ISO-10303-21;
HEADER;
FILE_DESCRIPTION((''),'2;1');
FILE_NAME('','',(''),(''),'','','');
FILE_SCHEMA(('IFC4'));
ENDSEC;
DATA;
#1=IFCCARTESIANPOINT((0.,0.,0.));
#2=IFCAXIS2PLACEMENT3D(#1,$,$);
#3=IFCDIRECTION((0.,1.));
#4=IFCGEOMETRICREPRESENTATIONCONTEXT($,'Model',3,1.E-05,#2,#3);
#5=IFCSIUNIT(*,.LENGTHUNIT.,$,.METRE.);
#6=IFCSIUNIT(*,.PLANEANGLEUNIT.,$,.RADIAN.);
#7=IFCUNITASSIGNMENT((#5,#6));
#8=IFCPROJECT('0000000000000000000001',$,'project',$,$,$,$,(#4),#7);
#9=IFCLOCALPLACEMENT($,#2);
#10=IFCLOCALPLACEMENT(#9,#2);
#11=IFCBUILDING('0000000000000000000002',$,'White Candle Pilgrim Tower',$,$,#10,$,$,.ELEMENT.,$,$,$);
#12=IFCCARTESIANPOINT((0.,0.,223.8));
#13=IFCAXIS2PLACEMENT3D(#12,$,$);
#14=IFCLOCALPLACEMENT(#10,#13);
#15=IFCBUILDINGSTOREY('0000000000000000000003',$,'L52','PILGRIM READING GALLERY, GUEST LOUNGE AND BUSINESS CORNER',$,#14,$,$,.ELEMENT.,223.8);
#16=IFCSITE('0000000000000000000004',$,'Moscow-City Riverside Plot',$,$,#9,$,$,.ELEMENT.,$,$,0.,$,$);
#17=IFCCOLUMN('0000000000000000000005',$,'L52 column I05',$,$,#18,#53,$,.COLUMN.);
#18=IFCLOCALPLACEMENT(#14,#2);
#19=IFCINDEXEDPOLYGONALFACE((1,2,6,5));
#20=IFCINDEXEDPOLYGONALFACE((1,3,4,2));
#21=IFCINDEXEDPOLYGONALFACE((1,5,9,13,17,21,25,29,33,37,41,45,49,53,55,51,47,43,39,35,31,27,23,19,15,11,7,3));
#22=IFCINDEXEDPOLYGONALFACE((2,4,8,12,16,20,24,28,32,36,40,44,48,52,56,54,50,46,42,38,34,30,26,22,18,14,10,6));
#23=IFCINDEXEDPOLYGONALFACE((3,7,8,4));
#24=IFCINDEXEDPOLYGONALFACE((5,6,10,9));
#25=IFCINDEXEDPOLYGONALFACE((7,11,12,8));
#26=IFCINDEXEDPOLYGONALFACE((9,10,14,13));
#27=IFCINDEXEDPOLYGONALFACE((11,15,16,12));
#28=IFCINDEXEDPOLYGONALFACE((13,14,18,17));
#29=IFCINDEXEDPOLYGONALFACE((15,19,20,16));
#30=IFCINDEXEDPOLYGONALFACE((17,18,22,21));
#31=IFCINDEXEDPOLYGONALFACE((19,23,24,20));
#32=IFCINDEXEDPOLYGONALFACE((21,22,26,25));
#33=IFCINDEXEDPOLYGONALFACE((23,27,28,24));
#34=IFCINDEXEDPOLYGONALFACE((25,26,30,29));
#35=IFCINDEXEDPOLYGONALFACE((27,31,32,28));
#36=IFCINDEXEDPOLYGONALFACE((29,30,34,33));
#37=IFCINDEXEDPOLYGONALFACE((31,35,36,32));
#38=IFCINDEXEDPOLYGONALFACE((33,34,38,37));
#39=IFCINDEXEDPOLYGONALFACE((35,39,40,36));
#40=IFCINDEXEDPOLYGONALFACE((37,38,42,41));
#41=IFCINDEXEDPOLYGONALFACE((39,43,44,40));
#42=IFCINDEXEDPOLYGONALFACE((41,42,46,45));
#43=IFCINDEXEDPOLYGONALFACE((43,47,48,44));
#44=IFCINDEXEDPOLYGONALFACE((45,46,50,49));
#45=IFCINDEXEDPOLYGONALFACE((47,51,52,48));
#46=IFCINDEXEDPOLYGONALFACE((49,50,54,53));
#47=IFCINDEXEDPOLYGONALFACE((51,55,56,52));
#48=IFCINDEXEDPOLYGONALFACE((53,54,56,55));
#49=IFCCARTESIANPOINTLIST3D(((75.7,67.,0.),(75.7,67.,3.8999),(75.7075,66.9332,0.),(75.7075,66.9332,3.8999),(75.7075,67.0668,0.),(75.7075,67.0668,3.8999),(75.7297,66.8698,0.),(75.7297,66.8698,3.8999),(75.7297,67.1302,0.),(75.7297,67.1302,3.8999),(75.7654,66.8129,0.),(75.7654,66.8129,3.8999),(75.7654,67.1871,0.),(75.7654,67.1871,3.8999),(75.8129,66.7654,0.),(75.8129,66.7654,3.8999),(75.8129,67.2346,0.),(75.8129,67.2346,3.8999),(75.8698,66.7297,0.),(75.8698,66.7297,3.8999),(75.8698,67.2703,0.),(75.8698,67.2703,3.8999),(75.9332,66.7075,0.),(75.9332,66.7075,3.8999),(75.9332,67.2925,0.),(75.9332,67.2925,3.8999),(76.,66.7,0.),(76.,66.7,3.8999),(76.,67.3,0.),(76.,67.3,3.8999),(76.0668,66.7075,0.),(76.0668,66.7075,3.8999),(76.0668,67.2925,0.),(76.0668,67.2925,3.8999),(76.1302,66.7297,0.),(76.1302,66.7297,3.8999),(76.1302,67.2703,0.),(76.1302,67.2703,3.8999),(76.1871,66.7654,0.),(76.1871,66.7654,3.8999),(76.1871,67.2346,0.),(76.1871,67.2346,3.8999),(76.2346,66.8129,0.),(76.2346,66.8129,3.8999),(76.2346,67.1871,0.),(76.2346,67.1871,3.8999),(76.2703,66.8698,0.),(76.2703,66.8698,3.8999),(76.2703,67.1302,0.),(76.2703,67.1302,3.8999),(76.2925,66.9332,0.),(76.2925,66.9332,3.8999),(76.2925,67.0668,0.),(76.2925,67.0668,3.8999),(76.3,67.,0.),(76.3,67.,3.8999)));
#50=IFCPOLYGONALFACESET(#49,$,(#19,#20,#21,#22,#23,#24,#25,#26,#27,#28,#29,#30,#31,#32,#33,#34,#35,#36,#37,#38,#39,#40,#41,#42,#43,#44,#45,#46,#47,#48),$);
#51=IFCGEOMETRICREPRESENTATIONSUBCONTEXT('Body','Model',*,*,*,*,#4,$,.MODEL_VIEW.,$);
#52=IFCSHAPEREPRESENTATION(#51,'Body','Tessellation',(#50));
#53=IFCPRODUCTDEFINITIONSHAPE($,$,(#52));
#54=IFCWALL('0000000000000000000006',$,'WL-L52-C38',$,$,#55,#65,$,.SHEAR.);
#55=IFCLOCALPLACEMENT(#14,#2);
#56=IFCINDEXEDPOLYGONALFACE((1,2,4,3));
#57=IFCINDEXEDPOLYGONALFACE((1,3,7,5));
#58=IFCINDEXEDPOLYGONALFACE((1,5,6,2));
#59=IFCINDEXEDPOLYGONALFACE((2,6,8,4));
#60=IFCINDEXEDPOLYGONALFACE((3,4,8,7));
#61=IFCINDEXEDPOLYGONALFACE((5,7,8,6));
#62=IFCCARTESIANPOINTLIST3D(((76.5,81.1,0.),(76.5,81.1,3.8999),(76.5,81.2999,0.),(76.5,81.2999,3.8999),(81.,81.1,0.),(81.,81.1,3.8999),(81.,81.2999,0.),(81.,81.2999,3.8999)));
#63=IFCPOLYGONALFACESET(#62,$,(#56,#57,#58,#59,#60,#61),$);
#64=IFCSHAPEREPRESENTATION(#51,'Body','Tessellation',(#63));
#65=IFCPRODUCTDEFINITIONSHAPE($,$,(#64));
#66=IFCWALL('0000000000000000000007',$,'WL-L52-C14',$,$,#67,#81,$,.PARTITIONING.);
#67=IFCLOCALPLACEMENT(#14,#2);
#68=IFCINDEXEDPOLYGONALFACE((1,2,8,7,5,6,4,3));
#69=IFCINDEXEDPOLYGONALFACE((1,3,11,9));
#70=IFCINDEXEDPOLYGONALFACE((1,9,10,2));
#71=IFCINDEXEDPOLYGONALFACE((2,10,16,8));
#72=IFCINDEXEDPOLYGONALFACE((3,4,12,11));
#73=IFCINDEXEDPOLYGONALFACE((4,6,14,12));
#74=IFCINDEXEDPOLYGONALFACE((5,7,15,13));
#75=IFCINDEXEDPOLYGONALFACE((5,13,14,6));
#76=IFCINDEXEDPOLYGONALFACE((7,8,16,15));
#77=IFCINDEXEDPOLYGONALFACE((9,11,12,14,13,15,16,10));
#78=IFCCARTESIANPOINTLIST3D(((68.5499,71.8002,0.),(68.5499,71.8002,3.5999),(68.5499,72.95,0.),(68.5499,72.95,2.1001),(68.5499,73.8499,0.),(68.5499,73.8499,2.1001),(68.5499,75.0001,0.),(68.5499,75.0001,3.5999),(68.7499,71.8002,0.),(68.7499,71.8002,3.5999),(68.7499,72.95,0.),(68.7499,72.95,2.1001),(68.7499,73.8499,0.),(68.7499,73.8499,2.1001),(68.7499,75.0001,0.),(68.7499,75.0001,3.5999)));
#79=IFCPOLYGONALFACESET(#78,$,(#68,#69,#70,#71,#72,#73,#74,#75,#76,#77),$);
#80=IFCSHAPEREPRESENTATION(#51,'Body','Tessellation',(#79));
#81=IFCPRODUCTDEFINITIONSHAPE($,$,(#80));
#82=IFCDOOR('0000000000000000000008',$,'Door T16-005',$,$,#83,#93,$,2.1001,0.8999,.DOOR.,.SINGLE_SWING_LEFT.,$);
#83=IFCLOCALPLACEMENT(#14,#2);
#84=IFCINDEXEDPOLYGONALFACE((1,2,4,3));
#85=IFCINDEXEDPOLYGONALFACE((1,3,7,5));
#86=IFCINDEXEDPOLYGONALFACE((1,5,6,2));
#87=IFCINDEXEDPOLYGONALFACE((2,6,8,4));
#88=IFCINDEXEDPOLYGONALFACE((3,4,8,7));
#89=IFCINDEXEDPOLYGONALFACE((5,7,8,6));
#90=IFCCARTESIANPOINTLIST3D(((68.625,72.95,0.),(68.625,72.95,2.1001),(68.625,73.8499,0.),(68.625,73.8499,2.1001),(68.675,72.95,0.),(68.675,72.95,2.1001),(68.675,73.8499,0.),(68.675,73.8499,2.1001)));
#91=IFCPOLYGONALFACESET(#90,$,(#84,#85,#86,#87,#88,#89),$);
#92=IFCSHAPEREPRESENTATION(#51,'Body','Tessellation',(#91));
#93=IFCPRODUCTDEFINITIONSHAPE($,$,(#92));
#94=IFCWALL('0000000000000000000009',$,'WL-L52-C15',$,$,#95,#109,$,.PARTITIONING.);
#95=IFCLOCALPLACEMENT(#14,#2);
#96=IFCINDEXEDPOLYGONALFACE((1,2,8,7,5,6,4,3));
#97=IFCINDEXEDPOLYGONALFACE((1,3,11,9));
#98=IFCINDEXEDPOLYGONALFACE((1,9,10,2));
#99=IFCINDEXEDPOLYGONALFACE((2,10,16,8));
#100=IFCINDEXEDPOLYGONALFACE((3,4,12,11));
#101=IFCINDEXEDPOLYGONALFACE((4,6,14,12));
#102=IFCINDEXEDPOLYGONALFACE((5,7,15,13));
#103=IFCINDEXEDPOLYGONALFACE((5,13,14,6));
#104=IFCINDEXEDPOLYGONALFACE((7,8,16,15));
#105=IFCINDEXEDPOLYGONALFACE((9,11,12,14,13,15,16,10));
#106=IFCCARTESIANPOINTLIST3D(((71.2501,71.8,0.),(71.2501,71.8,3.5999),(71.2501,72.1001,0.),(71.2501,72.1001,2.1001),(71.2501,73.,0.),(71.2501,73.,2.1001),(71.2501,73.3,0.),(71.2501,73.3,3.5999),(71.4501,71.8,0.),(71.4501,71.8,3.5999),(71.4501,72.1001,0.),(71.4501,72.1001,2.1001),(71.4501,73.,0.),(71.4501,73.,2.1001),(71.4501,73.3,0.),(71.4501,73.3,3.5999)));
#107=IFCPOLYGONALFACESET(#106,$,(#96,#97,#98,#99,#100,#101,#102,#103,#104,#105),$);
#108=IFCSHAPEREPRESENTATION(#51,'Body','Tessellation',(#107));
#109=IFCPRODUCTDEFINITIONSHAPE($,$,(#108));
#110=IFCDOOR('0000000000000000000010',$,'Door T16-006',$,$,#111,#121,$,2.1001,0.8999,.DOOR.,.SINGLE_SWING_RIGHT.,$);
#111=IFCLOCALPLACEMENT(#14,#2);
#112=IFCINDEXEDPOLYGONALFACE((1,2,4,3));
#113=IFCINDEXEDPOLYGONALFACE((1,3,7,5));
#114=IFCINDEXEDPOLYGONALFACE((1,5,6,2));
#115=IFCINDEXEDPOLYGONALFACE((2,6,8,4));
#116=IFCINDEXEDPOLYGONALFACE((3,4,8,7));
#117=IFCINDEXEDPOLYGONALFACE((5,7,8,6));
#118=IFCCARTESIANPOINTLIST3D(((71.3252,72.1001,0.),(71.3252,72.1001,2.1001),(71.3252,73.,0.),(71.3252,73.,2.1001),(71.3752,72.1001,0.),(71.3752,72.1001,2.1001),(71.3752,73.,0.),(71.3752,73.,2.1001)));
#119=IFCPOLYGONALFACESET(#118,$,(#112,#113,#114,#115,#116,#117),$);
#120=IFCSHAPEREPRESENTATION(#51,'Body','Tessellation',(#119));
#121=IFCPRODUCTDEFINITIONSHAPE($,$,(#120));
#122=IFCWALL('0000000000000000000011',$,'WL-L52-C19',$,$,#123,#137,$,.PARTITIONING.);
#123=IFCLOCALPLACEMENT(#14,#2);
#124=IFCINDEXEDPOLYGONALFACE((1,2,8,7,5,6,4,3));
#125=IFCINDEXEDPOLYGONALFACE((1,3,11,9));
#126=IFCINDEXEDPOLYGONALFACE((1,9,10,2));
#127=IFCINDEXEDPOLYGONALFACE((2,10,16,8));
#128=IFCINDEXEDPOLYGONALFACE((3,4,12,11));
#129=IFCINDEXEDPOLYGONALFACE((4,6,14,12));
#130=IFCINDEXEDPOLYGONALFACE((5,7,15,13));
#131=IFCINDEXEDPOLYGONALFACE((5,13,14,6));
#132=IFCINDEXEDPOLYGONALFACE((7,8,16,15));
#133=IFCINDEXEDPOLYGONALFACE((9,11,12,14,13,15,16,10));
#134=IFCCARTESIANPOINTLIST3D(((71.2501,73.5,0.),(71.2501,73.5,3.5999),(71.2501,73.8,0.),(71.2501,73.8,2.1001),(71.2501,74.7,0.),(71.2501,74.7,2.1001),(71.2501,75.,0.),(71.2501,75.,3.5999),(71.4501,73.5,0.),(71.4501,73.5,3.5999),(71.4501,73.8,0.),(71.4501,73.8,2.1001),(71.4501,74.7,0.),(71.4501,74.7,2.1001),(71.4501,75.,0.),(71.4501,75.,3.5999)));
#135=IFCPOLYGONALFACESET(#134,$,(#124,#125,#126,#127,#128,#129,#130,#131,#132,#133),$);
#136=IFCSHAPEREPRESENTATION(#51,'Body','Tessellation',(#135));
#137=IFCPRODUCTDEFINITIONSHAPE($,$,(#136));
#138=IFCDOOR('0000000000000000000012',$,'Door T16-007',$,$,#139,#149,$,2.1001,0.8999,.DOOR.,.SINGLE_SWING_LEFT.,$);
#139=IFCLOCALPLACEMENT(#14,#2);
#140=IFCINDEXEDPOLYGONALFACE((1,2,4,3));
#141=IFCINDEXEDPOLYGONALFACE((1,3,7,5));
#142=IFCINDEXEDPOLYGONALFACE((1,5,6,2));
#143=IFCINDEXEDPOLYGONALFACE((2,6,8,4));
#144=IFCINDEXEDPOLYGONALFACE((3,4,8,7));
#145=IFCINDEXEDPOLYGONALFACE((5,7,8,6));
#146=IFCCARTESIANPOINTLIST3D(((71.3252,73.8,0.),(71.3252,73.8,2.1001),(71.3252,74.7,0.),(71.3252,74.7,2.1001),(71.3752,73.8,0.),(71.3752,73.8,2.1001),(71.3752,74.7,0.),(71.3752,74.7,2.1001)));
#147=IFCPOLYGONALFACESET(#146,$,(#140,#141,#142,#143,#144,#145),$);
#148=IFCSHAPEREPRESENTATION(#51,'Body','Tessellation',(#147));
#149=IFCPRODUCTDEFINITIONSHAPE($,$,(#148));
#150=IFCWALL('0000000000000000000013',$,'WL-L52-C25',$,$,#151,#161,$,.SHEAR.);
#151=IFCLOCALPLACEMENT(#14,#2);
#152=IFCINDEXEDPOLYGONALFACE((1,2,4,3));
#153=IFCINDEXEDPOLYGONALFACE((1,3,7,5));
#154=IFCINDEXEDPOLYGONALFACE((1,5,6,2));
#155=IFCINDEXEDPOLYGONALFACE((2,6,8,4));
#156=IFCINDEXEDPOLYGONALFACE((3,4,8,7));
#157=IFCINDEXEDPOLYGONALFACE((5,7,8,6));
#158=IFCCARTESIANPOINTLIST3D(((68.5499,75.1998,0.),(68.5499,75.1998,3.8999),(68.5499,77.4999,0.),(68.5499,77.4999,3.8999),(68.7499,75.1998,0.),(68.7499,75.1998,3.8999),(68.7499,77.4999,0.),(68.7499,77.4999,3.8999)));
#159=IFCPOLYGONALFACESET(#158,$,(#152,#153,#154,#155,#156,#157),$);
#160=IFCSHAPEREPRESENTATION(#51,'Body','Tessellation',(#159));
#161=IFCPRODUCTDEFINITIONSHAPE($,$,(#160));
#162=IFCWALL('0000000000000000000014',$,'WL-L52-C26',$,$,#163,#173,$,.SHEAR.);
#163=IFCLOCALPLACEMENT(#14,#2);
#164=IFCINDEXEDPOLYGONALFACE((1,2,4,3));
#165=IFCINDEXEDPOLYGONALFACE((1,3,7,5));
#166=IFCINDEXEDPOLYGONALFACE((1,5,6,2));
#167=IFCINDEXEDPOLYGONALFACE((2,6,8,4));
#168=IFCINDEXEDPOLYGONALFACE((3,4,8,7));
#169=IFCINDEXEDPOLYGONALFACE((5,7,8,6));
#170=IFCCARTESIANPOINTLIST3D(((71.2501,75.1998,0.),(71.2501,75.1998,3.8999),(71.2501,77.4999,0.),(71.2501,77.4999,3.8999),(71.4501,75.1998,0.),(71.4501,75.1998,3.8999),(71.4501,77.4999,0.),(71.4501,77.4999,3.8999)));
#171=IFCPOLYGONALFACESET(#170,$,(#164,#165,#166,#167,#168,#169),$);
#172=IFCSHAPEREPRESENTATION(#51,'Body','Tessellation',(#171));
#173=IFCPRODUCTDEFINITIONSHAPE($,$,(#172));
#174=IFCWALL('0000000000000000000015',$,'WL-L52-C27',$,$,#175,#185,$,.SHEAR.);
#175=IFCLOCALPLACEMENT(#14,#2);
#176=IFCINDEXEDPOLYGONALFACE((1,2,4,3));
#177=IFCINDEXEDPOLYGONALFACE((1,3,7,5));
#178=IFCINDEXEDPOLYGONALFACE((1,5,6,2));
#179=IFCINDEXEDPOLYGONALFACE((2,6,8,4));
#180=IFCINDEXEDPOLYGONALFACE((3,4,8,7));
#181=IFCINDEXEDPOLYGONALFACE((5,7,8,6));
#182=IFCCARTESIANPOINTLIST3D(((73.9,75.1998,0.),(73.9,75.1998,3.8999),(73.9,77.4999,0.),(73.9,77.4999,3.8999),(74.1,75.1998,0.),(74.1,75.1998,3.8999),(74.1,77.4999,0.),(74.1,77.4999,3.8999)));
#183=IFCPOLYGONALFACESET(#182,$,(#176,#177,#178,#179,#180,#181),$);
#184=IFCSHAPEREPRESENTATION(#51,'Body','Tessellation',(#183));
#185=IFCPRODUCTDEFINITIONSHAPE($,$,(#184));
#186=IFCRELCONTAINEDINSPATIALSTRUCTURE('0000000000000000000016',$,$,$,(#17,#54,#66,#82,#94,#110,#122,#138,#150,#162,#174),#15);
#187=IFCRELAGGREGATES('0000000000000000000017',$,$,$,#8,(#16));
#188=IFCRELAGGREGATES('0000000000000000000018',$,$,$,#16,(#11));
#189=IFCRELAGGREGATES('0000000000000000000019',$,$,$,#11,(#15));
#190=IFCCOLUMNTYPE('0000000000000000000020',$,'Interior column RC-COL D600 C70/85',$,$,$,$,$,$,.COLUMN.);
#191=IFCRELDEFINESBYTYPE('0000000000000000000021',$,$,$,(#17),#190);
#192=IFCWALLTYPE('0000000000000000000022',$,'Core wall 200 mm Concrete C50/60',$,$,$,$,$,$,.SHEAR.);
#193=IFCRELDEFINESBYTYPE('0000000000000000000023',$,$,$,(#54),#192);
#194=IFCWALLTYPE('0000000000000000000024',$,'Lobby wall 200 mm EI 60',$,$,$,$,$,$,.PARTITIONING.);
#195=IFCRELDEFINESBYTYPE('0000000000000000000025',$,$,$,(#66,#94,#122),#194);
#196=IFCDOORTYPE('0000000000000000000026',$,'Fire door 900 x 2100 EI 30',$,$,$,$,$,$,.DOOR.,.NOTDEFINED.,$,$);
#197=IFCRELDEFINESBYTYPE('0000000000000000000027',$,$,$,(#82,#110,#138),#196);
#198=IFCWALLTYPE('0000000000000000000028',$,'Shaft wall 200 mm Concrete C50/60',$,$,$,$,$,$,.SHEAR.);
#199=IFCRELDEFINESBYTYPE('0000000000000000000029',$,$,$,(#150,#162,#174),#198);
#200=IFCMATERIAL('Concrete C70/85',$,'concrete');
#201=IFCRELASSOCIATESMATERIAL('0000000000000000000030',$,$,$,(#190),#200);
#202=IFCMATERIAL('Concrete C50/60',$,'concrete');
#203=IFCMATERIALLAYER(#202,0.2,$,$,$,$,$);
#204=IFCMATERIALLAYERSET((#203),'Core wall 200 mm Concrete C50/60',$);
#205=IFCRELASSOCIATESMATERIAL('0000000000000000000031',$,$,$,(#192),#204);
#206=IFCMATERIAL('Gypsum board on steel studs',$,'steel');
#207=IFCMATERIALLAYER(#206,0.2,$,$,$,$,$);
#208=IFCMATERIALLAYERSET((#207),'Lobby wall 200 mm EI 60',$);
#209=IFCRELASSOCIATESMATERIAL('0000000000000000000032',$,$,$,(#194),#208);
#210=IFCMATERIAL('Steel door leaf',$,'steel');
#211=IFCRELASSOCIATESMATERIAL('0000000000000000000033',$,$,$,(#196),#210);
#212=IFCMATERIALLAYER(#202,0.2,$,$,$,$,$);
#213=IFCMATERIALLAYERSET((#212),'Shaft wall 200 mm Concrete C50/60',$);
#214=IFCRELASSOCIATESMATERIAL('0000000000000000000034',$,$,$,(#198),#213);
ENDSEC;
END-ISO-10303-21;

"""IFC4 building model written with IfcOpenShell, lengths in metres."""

from ifc_helpers import new_model, si_unit, direction, frame, frame_2d, origin, origin_2d, place, context, subcontext, project, spatial, rectangle, circle, extrude, material, layer, layer_set, material_profile, profile_set, type_object, element, fill, save


model = new_model("IFC4")

# Units and contexts
model_context = context("Model", 3, precision=1e-05, world=origin(), true_north=direction((0.0, 1.0)))
body_context = subcontext(model_context, "Body", "Model", "MODEL_VIEW")
ifc_project = project(units=[si_unit("LENGTHUNIT", "METRE"), si_unit("PLANEANGLEUNIT", "RADIAN")], contexts=[model_context])

# Site, building, storey
site_placement = place(None, origin())
site = spatial("IfcSite", under=ifc_project, at=site_placement, Name="Moscow-City Riverside Plot", CompositionType="ELEMENT", RefElevation=0.0)
building_placement = place(site_placement, origin())
building = spatial("IfcBuilding", under=site, at=building_placement, Name="White Candle Pilgrim Tower", CompositionType="ELEMENT")
storey_placement = place(building_placement, frame((0.0, 0.0, 223.8)))
storey = spatial("IfcBuildingStorey", under=building, at=storey_placement, Name="L52", Description="PILGRIM READING GALLERY, GUEST LOUNGE AND BUSINESS CORNER", CompositionType="ELEMENT", Elevation=223.8)

# Column
ifc_material_1 = material(Name="Concrete C70/85", Category="concrete")
ifc_material_profile = material_profile(ifc_material_1, circle(Radius=0.3, at=origin_2d()), Name="RC-COL D600")
ifc_profile_set = profile_set([ifc_material_profile], Name="Concrete C70/85")
column_type = type_object("IfcColumnType", Name="Interior column RC-COL D600 C70/85", PredefinedType="COLUMN", material=ifc_profile_set)
column_placement = place(storey_placement, frame((76.0, 67.0, 0.0), z_axis=(0.0, 0.0, 1.0), x_axis=(1.0, 0.0, 0.0)))
element("IfcColumn", 1, at=column_placement, inside=storey, type_object=column_type, Name="L52 column I05", PredefinedType="COLUMN", context=body_context, shape_type="SweptSolid", body=[
    extrude(circle(Radius=0.3, at=origin_2d()), origin(), (0.0, 0.0, 1.0), 3.8999),
])

# Wall
ifc_material_2 = material(Name="Concrete C50/60", Category="concrete")
ifc_layer_1 = layer(ifc_material_2, 0.2)
ifc_layer_set_1 = layer_set([ifc_layer_1], Name="Core wall 200 mm Concrete C50/60")
wall_type_1 = type_object("IfcWallType", Name="Core wall 200 mm Concrete C50/60", PredefinedType="SHEAR", material=ifc_layer_set_1)
wall_1_placement = place(storey_placement, frame((76.5, 81.2, 0.0), z_axis=(0.0, 0.0, 1.0), x_axis=(1.0, 0.0, 0.0)))
element("IfcWall", 2, at=wall_1_placement, inside=storey, type_object=wall_type_1, Name="WL-L52-C38", PredefinedType="SHEAR", context=body_context, shape_type="SweptSolid", body=[
    extrude(rectangle(XDim=4.5, YDim=0.2, at=frame_2d((2.25, 0.0))), origin(), (0.0, 0.0, 1.0), 3.8999),
])

# Walls, openings, doors
ifc_material_3 = material(Name="Gypsum board on steel studs", Category="steel")
ifc_layer_2 = layer(ifc_material_3, 0.2)
ifc_layer_set_2 = layer_set([ifc_layer_2], Name="Lobby wall 200 mm EI 60")
wall_type_2 = type_object("IfcWallType", Name="Lobby wall 200 mm EI 60", PredefinedType="PARTITIONING", material=ifc_layer_set_2)
wall_2_placement = place(storey_placement, frame((68.6499, 71.8, 0.0), z_axis=(0.0, 0.0, 1.0), x_axis=(0.0, 1.0, 0.0)))
wall_2 = element("IfcWall", 3, at=wall_2_placement, inside=storey, type_object=wall_type_2, Name="WL-L52-C14", PredefinedType="PARTITIONING", context=body_context, shape_type="SweptSolid", body=[
    extrude(rectangle(XDim=3.2, YDim=0.2, at=frame_2d((1.6001, 0.0))), origin(), (0.0, 0.0, 1.0), 3.5999),
])
opening_1_placement = place(wall_2_placement, frame((1.1499, 0.0, 0.0)))
opening_1 = element("IfcOpeningElement", 4, at=opening_1_placement, cuts=wall_2, PredefinedType="OPENING", context=body_context, shape_type="SweptSolid", body=[
    extrude(rectangle(XDim=0.8999, YDim=2.1001, at=frame_2d((0.45, 1.05))), frame((0.0, 0.1099, 0.0), z_axis=(0.0, -1.0, 0.0), x_axis=(1.0, 0.0, 0.0)), (0.0, 0.0, 1.0), 0.22),
])
ifc_material_4 = material(Name="Steel door leaf", Category="steel")
door_type_1 = type_object("IfcDoorType", Name="Fire door 900 x 2100 EI 30", OperationType="NOTDEFINED", PredefinedType="DOOR", material=ifc_material_4)
door_1_placement = place(opening_1_placement, origin())
door_1 = element("IfcDoor", 5, at=door_1_placement, inside=storey, type_object=door_type_1, Name="Door T16-005", OperationType="SINGLE_SWING_LEFT", OverallHeight=2.1001, OverallWidth=0.8999, PredefinedType="DOOR", context=body_context, shape_type="SweptSolid", body=[
    extrude(rectangle(XDim=0.8999, YDim=2.1001, at=frame_2d((0.45, 1.05))), frame((0.0, 0.0249, 0.0), z_axis=(0.0, -1.0, 0.0), x_axis=(1.0, 0.0, 0.0)), (0.0, 0.0, 1.0), 0.05),
])
fill(opening_1, door_1)
wall_3_placement = place(storey_placement, frame((71.3501, 71.8, 0.0), z_axis=(0.0, 0.0, 1.0), x_axis=(0.0, 1.0, 0.0)))
wall_3 = element("IfcWall", 6, at=wall_3_placement, inside=storey, type_object=wall_type_2, Name="WL-L52-C15", PredefinedType="PARTITIONING", context=body_context, shape_type="SweptSolid", body=[
    extrude(rectangle(XDim=1.5, YDim=0.2, at=frame_2d((0.75, 0.0))), origin(), (0.0, 0.0, 1.0), 3.5999),
])
opening_2_placement = place(wall_3_placement, frame((0.3, 0.0, 0.0)))
opening_2 = element("IfcOpeningElement", 7, at=opening_2_placement, cuts=wall_3, PredefinedType="OPENING", context=body_context, shape_type="SweptSolid", body=[
    extrude(rectangle(XDim=0.8999, YDim=2.1001, at=frame_2d((0.45, 1.05))), frame((0.0, 0.1099, 0.0), z_axis=(0.0, -1.0, 0.0), x_axis=(1.0, 0.0, 0.0)), (0.0, 0.0, 1.0), 0.22),
])
door_2_placement = place(opening_2_placement, origin())
door_2 = element("IfcDoor", 8, at=door_2_placement, inside=storey, type_object=door_type_1, Name="Door T16-006", OperationType="SINGLE_SWING_RIGHT", OverallHeight=2.1001, OverallWidth=0.8999, PredefinedType="DOOR", context=body_context, shape_type="SweptSolid", body=[
    extrude(rectangle(XDim=0.8999, YDim=2.1001, at=frame_2d((0.45, 1.05))), frame((0.0, 0.0249, 0.0), z_axis=(0.0, -1.0, 0.0), x_axis=(1.0, 0.0, 0.0)), (0.0, 0.0, 1.0), 0.05),
])
fill(opening_2, door_2)
wall_4_placement = place(storey_placement, frame((71.3501, 73.5, 0.0), z_axis=(0.0, 0.0, 1.0), x_axis=(0.0, 1.0, 0.0)))
wall_4 = element("IfcWall", 9, at=wall_4_placement, inside=storey, type_object=wall_type_2, Name="WL-L52-C19", PredefinedType="PARTITIONING", context=body_context, shape_type="SweptSolid", body=[
    extrude(rectangle(XDim=1.5, YDim=0.2, at=frame_2d((0.75, 0.0))), origin(), (0.0, 0.0, 1.0), 3.5999),
])
opening_3_placement = place(wall_4_placement, frame((0.3, 0.0, 0.0)))
opening_3 = element("IfcOpeningElement", 10, at=opening_3_placement, cuts=wall_4, PredefinedType="OPENING", context=body_context, shape_type="SweptSolid", body=[
    extrude(rectangle(XDim=0.8999, YDim=2.1001, at=frame_2d((0.45, 1.05))), frame((0.0, 0.1099, 0.0), z_axis=(0.0, -1.0, 0.0), x_axis=(1.0, 0.0, 0.0)), (0.0, 0.0, 1.0), 0.22),
])
door_3_placement = place(opening_3_placement, origin())
door_3 = element("IfcDoor", 11, at=door_3_placement, inside=storey, type_object=door_type_1, Name="Door T16-007", OperationType="SINGLE_SWING_LEFT", OverallHeight=2.1001, OverallWidth=0.8999, PredefinedType="DOOR", context=body_context, shape_type="SweptSolid", body=[
    extrude(rectangle(XDim=0.8999, YDim=2.1001, at=frame_2d((0.45, 1.05))), frame((0.0, 0.0249, 0.0), z_axis=(0.0, -1.0, 0.0), x_axis=(1.0, 0.0, 0.0)), (0.0, 0.0, 1.0), 0.05),
])
fill(opening_3, door_3)

# Walls
ifc_layer_3 = layer(ifc_material_2, 0.2)
ifc_layer_set_3 = layer_set([ifc_layer_3], Name="Shaft wall 200 mm Concrete C50/60")
wall_type_3 = type_object("IfcWallType", Name="Shaft wall 200 mm Concrete C50/60", PredefinedType="SHEAR", material=ifc_layer_set_3)
for number, where, z_axis, x_axis, name in (
    (12, (68.6499, 75.2, 0.0), (0.0, 0.0, 1.0), (0.0, 1.0, 0.0), "WL-L52-C25"),
    (13, (71.3501, 75.2, 0.0), (0.0, 0.0, 1.0), (0.0, 1.0, 0.0), "WL-L52-C26"),
    (14, (74.0, 75.2, 0.0), (0.0, 0.0, 1.0), (0.0, 1.0, 0.0), "WL-L52-C27"),
):
    element("IfcWall", number, at=place(storey_placement, frame(where, z_axis=z_axis, x_axis=x_axis)), inside=storey, type_object=wall_type_3, Name=name, PredefinedType="SHEAR", context=body_context, shape_type="SweptSolid", body=[
        extrude(rectangle(XDim=2.3, YDim=0.2, at=frame_2d((1.1499, 0.0))), origin(), (0.0, 0.0, 1.0), 3.8999),
    ])

save(model, "model.ifc")
